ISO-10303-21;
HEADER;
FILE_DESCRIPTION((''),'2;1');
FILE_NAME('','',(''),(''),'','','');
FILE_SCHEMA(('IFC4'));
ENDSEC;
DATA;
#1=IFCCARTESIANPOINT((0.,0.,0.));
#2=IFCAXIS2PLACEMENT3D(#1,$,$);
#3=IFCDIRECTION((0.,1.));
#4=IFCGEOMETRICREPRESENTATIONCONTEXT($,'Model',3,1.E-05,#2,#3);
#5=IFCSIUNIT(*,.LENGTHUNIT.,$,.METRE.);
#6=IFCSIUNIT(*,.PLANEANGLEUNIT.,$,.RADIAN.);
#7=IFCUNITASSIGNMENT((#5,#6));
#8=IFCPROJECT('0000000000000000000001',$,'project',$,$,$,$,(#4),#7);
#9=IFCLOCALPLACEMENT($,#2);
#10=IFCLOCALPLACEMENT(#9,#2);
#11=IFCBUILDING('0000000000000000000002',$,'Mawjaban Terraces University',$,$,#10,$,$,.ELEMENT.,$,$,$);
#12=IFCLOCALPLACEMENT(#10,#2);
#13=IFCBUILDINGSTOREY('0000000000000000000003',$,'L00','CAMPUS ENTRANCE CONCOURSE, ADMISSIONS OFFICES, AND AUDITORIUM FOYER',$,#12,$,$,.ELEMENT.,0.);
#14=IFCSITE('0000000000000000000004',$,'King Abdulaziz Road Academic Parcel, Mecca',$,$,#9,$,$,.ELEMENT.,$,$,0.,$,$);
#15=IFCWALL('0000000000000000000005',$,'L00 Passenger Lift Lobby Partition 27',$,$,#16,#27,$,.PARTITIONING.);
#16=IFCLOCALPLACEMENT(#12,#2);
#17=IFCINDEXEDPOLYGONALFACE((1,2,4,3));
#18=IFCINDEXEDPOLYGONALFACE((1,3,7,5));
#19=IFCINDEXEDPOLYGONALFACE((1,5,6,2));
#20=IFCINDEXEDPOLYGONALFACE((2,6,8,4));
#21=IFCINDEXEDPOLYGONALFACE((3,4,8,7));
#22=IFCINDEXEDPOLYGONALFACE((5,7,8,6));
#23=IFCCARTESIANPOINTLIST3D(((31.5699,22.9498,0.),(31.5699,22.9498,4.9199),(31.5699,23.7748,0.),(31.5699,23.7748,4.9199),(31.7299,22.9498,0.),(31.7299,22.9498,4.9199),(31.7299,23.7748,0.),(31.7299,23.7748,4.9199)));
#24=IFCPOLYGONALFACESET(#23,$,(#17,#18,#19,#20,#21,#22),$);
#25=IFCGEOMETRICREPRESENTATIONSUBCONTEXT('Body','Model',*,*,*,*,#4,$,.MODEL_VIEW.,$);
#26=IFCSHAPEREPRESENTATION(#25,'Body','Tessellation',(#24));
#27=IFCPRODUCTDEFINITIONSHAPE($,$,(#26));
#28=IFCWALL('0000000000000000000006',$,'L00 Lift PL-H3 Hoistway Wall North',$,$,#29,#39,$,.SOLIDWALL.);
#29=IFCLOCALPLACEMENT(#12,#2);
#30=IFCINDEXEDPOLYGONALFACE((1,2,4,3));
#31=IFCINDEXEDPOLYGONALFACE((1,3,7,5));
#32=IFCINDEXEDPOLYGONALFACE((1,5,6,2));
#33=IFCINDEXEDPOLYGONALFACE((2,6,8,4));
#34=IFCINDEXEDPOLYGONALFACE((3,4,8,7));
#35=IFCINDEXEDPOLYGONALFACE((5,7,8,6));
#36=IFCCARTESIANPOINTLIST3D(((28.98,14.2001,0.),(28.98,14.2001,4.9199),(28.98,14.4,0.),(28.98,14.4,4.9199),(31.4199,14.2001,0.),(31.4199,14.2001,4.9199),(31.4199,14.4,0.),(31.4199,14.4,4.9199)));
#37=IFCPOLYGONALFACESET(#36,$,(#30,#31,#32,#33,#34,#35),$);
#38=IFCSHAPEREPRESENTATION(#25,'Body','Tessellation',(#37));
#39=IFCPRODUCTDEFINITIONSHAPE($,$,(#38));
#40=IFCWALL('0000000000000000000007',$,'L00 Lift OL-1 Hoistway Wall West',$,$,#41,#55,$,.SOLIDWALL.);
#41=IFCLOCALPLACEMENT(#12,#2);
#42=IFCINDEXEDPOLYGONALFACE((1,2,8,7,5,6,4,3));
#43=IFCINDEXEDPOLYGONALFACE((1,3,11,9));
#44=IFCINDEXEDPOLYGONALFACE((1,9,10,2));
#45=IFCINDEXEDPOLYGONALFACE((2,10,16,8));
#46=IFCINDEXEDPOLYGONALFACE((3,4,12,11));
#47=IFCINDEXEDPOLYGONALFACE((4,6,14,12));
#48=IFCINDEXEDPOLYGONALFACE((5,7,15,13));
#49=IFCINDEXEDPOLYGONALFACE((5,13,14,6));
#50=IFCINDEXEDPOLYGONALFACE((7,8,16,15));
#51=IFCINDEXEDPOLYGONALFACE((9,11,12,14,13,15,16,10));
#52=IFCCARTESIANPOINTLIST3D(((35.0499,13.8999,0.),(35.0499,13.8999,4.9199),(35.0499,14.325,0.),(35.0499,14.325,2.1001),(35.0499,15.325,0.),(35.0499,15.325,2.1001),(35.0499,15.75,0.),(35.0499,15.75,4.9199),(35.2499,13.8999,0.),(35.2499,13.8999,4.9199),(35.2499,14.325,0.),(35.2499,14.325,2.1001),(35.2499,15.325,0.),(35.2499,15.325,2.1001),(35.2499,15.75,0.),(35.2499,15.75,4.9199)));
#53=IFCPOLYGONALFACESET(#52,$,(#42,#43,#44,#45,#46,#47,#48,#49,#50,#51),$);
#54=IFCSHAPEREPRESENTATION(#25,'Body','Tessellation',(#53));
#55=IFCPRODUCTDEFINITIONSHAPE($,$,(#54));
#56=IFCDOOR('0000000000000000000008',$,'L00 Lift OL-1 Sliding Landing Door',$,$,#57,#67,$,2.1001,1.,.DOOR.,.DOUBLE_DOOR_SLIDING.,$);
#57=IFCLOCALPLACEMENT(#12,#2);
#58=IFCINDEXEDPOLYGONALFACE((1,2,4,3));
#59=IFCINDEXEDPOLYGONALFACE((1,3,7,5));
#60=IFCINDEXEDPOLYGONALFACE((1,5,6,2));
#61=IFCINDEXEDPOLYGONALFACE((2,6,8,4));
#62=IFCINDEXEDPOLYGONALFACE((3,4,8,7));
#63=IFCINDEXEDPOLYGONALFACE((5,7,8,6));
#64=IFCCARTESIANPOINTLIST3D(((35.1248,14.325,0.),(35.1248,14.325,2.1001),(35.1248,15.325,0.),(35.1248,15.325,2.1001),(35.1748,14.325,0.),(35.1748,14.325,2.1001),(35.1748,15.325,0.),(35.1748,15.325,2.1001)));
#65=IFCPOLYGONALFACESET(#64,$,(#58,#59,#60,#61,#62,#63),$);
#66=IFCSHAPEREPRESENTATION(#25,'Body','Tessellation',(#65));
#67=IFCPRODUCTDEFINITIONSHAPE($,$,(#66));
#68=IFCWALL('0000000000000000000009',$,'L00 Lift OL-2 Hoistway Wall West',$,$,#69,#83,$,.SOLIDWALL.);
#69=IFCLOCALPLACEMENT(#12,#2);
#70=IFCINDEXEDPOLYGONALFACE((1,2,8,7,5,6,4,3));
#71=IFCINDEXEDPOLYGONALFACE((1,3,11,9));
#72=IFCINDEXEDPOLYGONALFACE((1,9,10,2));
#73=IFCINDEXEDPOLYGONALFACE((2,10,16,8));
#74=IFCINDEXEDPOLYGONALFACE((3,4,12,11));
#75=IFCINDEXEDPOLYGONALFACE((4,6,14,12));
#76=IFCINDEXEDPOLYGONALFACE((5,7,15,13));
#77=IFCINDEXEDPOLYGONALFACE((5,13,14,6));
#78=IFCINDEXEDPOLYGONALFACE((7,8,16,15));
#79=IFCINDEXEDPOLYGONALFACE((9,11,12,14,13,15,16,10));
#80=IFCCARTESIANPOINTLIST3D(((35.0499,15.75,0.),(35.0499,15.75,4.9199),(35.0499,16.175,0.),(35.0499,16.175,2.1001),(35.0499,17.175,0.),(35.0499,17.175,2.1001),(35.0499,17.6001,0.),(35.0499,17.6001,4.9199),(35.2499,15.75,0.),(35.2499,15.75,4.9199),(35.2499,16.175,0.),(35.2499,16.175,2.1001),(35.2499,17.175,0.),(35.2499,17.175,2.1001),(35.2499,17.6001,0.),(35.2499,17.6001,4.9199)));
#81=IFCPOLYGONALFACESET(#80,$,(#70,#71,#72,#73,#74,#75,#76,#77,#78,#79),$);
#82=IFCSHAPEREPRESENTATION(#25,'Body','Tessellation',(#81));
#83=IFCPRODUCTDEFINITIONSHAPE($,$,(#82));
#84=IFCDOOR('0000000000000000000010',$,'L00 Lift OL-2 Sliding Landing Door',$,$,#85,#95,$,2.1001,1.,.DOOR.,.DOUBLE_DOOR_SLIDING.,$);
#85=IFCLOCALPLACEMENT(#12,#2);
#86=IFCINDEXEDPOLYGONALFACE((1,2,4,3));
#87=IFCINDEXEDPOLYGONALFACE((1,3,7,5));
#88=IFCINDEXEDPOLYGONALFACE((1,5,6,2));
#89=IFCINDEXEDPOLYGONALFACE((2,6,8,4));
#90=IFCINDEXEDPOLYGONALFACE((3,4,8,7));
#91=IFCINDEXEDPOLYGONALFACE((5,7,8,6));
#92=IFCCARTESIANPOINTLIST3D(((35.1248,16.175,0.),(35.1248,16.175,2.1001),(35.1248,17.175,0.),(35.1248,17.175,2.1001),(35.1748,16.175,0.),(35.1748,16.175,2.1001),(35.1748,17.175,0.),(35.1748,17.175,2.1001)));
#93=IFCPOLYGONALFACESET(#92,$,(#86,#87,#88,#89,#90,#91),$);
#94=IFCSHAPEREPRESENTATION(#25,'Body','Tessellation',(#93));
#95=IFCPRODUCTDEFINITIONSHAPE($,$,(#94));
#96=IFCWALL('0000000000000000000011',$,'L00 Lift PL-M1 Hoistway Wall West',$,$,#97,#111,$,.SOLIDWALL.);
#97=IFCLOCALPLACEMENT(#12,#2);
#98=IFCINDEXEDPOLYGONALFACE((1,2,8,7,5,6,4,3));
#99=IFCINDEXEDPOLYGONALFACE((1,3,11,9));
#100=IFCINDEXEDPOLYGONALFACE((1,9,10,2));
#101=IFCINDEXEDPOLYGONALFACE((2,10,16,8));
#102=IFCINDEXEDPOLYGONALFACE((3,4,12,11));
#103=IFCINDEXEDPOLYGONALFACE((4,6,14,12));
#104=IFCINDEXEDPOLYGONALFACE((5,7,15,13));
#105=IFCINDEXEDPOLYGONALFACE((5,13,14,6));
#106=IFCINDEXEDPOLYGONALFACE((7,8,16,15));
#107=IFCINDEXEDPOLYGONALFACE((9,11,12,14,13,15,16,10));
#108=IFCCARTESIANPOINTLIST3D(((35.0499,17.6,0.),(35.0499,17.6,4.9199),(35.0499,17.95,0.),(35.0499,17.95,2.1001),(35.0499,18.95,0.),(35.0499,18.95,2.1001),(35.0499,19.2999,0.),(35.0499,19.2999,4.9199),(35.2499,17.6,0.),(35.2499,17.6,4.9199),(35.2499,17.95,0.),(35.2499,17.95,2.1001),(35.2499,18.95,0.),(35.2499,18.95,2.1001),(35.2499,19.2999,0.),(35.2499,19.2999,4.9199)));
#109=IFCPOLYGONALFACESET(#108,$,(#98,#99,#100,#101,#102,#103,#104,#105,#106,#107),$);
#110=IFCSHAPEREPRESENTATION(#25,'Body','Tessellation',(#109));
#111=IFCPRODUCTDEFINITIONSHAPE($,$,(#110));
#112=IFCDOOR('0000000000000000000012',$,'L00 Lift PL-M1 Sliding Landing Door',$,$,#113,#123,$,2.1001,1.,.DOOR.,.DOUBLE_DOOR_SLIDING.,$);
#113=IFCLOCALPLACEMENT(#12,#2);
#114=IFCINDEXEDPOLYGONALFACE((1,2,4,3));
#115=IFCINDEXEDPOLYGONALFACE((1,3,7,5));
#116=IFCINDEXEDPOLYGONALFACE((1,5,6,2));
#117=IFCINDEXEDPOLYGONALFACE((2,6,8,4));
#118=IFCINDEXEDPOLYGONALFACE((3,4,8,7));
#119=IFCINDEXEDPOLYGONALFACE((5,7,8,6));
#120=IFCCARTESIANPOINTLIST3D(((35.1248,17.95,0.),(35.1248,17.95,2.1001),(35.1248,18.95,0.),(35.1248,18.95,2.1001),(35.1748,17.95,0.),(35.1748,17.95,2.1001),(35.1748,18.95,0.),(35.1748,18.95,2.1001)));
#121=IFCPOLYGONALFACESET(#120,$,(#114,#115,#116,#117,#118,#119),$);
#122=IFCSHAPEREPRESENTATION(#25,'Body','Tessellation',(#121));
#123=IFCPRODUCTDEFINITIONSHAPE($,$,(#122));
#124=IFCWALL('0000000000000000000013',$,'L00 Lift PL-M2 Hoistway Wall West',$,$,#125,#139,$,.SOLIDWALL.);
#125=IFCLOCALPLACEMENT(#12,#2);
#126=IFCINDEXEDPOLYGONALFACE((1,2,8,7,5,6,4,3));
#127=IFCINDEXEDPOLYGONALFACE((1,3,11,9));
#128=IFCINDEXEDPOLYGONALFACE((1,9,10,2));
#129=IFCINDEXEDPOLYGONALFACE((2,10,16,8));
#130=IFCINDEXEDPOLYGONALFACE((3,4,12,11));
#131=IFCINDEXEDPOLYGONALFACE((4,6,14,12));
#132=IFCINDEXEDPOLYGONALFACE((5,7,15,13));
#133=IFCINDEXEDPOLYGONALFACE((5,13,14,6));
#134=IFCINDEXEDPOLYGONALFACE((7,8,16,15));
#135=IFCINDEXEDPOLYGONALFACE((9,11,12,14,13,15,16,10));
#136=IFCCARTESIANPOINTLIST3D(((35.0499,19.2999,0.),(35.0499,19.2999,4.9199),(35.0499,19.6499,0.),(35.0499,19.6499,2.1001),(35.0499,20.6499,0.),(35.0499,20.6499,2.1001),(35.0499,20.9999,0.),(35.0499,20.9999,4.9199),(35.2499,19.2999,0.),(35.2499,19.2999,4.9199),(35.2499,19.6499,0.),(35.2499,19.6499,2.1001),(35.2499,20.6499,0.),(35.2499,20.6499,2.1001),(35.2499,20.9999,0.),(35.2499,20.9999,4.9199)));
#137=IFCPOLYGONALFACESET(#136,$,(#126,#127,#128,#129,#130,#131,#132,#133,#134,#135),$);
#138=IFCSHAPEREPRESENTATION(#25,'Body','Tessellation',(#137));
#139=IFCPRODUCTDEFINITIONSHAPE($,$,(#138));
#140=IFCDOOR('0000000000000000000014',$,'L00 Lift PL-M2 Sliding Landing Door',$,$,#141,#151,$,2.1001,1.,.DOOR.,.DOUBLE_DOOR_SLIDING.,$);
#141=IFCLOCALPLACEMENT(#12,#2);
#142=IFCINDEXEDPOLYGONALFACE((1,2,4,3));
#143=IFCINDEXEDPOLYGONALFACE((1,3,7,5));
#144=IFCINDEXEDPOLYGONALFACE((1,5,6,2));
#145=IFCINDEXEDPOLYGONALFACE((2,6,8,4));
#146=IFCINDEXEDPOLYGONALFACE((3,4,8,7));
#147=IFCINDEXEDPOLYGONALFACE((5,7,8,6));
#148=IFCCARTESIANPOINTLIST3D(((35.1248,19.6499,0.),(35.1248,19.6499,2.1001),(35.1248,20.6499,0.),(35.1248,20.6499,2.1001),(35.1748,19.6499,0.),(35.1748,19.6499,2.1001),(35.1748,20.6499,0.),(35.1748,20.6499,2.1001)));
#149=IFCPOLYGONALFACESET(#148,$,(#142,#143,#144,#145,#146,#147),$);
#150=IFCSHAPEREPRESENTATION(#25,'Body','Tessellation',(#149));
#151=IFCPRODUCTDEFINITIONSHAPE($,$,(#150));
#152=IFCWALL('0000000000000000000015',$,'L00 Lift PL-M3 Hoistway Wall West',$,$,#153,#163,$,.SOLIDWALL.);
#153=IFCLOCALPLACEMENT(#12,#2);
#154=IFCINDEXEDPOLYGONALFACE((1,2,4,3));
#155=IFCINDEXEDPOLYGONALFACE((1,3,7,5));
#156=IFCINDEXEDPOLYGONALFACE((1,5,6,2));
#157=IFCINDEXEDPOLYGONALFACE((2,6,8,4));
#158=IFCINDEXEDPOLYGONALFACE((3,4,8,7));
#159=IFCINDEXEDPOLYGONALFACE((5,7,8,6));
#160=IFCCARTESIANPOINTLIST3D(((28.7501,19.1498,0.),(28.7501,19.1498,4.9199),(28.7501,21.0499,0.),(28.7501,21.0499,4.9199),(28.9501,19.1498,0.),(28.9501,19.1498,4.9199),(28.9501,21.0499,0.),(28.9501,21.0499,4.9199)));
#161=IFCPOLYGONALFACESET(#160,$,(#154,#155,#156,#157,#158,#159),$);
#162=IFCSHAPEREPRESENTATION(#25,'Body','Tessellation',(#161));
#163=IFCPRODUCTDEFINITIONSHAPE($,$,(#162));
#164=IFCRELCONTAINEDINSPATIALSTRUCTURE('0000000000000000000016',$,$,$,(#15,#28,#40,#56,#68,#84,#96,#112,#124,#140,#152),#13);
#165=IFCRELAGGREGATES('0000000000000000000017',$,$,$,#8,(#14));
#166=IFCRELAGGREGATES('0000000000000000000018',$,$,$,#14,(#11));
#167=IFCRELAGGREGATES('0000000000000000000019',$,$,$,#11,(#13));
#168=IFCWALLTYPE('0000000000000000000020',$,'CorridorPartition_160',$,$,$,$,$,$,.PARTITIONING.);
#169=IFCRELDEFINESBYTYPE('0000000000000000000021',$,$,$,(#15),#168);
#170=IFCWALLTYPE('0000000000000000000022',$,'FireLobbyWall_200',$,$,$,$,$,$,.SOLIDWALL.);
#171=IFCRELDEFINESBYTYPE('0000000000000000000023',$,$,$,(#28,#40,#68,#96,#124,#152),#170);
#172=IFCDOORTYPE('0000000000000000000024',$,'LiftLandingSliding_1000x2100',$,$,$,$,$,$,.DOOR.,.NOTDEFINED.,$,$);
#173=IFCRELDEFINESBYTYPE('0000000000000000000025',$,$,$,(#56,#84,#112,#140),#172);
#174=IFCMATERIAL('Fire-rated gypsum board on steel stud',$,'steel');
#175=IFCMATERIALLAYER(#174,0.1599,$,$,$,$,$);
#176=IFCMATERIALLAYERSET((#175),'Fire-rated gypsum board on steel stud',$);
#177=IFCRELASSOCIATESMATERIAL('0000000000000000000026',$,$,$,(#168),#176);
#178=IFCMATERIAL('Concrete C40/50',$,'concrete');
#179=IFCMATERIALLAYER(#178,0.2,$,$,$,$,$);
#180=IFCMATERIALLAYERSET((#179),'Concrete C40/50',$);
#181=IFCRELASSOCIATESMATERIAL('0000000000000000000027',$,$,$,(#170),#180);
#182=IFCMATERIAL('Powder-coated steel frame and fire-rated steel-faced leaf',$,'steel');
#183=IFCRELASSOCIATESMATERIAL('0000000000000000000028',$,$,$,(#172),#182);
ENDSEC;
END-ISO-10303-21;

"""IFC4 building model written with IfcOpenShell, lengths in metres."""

from ifc_helpers import new_model, si_unit, direction, frame, frame_2d, origin, place, context, subcontext, project, spatial, rectangle, extrude, material, layer, layer_set, type_object, element, fill, save


model = new_model("IFC4")

# Units and contexts
model_context = context("Model", 3, precision=1e-05, world=origin(), true_north=direction((0.0, 1.0)))
body_context = subcontext(model_context, "Body", "Model", "MODEL_VIEW")
ifc_project = project(units=[si_unit("LENGTHUNIT", "METRE"), si_unit("PLANEANGLEUNIT", "RADIAN")], contexts=[model_context])

# Site, building, storey
site_placement = place(None, origin())
site = spatial("IfcSite", under=ifc_project, at=site_placement, Name="King Abdulaziz Road Academic Parcel, Mecca", CompositionType="ELEMENT", RefElevation=0.0)
building_placement = place(site_placement, origin())
building = spatial("IfcBuilding", under=site, at=building_placement, Name="Mawjaban Terraces University", CompositionType="ELEMENT")
storey_placement = place(building_placement, origin())
storey = spatial("IfcBuildingStorey", under=building, at=storey_placement, Name="L00", Description="CAMPUS ENTRANCE CONCOURSE, ADMISSIONS OFFICES, AND AUDITORIUM FOYER", CompositionType="ELEMENT", Elevation=0.0)

# Walls
ifc_material_1 = material(Name="Fire-rated gypsum board on steel stud", Category="steel")
ifc_layer_1 = layer(ifc_material_1, 0.1599)
ifc_layer_set_1 = layer_set([ifc_layer_1], Name="Fire-rated gypsum board on steel stud")
wall_type_1 = type_object("IfcWallType", Name="CorridorPartition_160", PredefinedType="PARTITIONING", material=ifc_layer_set_1)
wall_1_placement = place(storey_placement, frame((31.6499, 23.7749, 0.0), z_axis=(0.0, 0.0, 1.0), x_axis=(0.0, -1.0, 0.0)))
element("IfcWall", 1, at=wall_1_placement, inside=storey, type_object=wall_type_1, Name="L00 Passenger Lift Lobby Partition 27", PredefinedType="PARTITIONING", context=body_context, shape_type="SweptSolid", body=[
    extrude(rectangle(XDim=0.825, YDim=0.1599, at=frame_2d((0.4126, 0.0))), origin(), (0.0, 0.0, 1.0), 4.9199),
])
ifc_material_2 = material(Name="Concrete C40/50", Category="concrete")
ifc_layer_2 = layer(ifc_material_2, 0.2)
ifc_layer_set_2 = layer_set([ifc_layer_2], Name="Concrete C40/50")
wall_type_2 = type_object("IfcWallType", Name="FireLobbyWall_200", PredefinedType="SOLIDWALL", material=ifc_layer_set_2)
wall_2_placement = place(storey_placement, frame((31.4199, 14.3, 0.0), z_axis=(0.0, 0.0, 1.0), x_axis=(-1.0, 0.0, 0.0)))
element("IfcWall", 2, at=wall_2_placement, inside=storey, type_object=wall_type_2, Name="L00 Lift PL-H3 Hoistway Wall North", PredefinedType="SOLIDWALL", context=body_context, shape_type="SweptSolid", body=[
    extrude(rectangle(XDim=2.4399, YDim=0.2, at=frame_2d((1.22, 0.0))), origin(), (0.0, 0.0, 1.0), 4.9199),
])

# Walls, openings, doors
wall_3_placement = place(storey_placement, frame((35.1499, 15.75, 0.0), z_axis=(0.0, 0.0, 1.0), x_axis=(0.0, -1.0, 0.0)))
wall_3 = element("IfcWall", 3, at=wall_3_placement, inside=storey, type_object=wall_type_2, Name="L00 Lift OL-1 Hoistway Wall West", PredefinedType="SOLIDWALL", context=body_context, shape_type="SweptSolid", body=[
    extrude(rectangle(XDim=1.8501, YDim=0.2, at=frame_2d((0.925, 0.0))), origin(), (0.0, 0.0, 1.0), 4.9199),
])
opening_1_placement = place(wall_3_placement, frame((0.425, 0.0, 0.0)))
opening_1 = element("IfcOpeningElement", 4, at=opening_1_placement, cuts=wall_3, PredefinedType="OPENING", context=body_context, shape_type="SweptSolid", body=[
    extrude(rectangle(XDim=1.0, YDim=2.1001, at=frame_2d((0.5, 1.05))), frame((0.0, 0.1099, 0.0), z_axis=(0.0, -1.0, 0.0), x_axis=(1.0, 0.0, 0.0)), (0.0, 0.0, 1.0), 0.22),
])
ifc_material_3 = material(Name="Powder-coated steel frame and fire-rated steel-faced leaf", Category="steel")
door_type_1 = type_object("IfcDoorType", Name="LiftLandingSliding_1000x2100", OperationType="NOTDEFINED", PredefinedType="DOOR", material=ifc_material_3)
door_1_placement = place(opening_1_placement, origin())
door_1 = element("IfcDoor", 5, at=door_1_placement, inside=storey, type_object=door_type_1, Name="L00 Lift OL-1 Sliding Landing Door", OperationType="DOUBLE_DOOR_SLIDING", OverallHeight=2.1001, OverallWidth=1.0, PredefinedType="DOOR", context=body_context, shape_type="SweptSolid", body=[
    extrude(rectangle(XDim=1.0, YDim=2.1001, at=frame_2d((0.5, 1.05))), frame((0.0, 0.0249, 0.0), z_axis=(0.0, -1.0, 0.0), x_axis=(1.0, 0.0, 0.0)), (0.0, 0.0, 1.0), 0.05),
])
fill(opening_1, door_1)
wall_4_placement = place(storey_placement, frame((35.1499, 17.6001, 0.0), z_axis=(0.0, 0.0, 1.0), x_axis=(0.0, -1.0, 0.0)))
wall_4 = element("IfcWall", 6, at=wall_4_placement, inside=storey, type_object=wall_type_2, Name="L00 Lift OL-2 Hoistway Wall West", PredefinedType="SOLIDWALL", context=body_context, shape_type="SweptSolid", body=[
    extrude(rectangle(XDim=1.8501, YDim=0.2, at=frame_2d((0.925, 0.0))), origin(), (0.0, 0.0, 1.0), 4.9199),
])
opening_2_placement = place(wall_4_placement, frame((0.425, 0.0, 0.0)))
opening_2 = element("IfcOpeningElement", 7, at=opening_2_placement, cuts=wall_4, PredefinedType="OPENING", context=body_context, shape_type="SweptSolid", body=[
    extrude(rectangle(XDim=1.0, YDim=2.1001, at=frame_2d((0.5, 1.05))), frame((0.0, 0.1099, 0.0), z_axis=(0.0, -1.0, 0.0), x_axis=(1.0, 0.0, 0.0)), (0.0, 0.0, 1.0), 0.22),
])
door_2_placement = place(opening_2_placement, origin())
door_2 = element("IfcDoor", 8, at=door_2_placement, inside=storey, type_object=door_type_1, Name="L00 Lift OL-2 Sliding Landing Door", OperationType="DOUBLE_DOOR_SLIDING", OverallHeight=2.1001, OverallWidth=1.0, PredefinedType="DOOR", context=body_context, shape_type="SweptSolid", body=[
    extrude(rectangle(XDim=1.0, YDim=2.1001, at=frame_2d((0.5, 1.05))), frame((0.0, 0.0249, 0.0), z_axis=(0.0, -1.0, 0.0), x_axis=(1.0, 0.0, 0.0)), (0.0, 0.0, 1.0), 0.05),
])
fill(opening_2, door_2)
wall_5_placement = place(storey_placement, frame((35.1499, 19.3, 0.0), z_axis=(0.0, 0.0, 1.0), x_axis=(0.0, -1.0, 0.0)))
wall_5 = element("IfcWall", 9, at=wall_5_placement, inside=storey, type_object=wall_type_2, Name="L00 Lift PL-M1 Hoistway Wall West", PredefinedType="SOLIDWALL", context=body_context, shape_type="SweptSolid", body=[
    extrude(rectangle(XDim=1.7, YDim=0.2, at=frame_2d((0.8501, 0.0))), origin(), (0.0, 0.0, 1.0), 4.9199),
])
opening_3_placement = place(wall_5_placement, frame((0.3501, 0.0, 0.0)))
opening_3 = element("IfcOpeningElement", 10, at=opening_3_placement, cuts=wall_5, PredefinedType="OPENING", context=body_context, shape_type="SweptSolid", body=[
    extrude(rectangle(XDim=1.0, YDim=2.1001, at=frame_2d((0.5, 1.05))), frame((0.0, 0.1099, 0.0), z_axis=(0.0, -1.0, 0.0), x_axis=(1.0, 0.0, 0.0)), (0.0, 0.0, 1.0), 0.22),
])
door_3_placement = place(opening_3_placement, origin())
door_3 = element("IfcDoor", 11, at=door_3_placement, inside=storey, type_object=door_type_1, Name="L00 Lift PL-M1 Sliding Landing Door", OperationType="DOUBLE_DOOR_SLIDING", OverallHeight=2.1001, OverallWidth=1.0, PredefinedType="DOOR", context=body_context, shape_type="SweptSolid", body=[
    extrude(rectangle(XDim=1.0, YDim=2.1001, at=frame_2d((0.5, 1.05))), frame((0.0, 0.0249, 0.0), z_axis=(0.0, -1.0, 0.0), x_axis=(1.0, 0.0, 0.0)), (0.0, 0.0, 1.0), 0.05),
])
fill(opening_3, door_3)
wall_6_placement = place(storey_placement, frame((35.1499, 21.0, 0.0), z_axis=(0.0, 0.0, 1.0), x_axis=(0.0, -1.0, 0.0)))
wall_6 = element("IfcWall", 12, at=wall_6_placement, inside=storey, type_object=wall_type_2, Name="L00 Lift PL-M2 Hoistway Wall West", PredefinedType="SOLIDWALL", context=body_context, shape_type="SweptSolid", body=[
    extrude(rectangle(XDim=1.7, YDim=0.2, at=frame_2d((0.8501, 0.0))), origin(), (0.0, 0.0, 1.0), 4.9199),
])
opening_4_placement = place(wall_6_placement, frame((0.3501, 0.0, 0.0)))
opening_4 = element("IfcOpeningElement", 13, at=opening_4_placement, cuts=wall_6, PredefinedType="OPENING", context=body_context, shape_type="SweptSolid", body=[
    extrude(rectangle(XDim=1.0, YDim=2.1001, at=frame_2d((0.5, 1.05))), frame((0.0, 0.1099, 0.0), z_axis=(0.0, -1.0, 0.0), x_axis=(1.0, 0.0, 0.0)), (0.0, 0.0, 1.0), 0.22),
])
door_4_placement = place(opening_4_placement, origin())
door_4 = element("IfcDoor", 14, at=door_4_placement, inside=storey, type_object=door_type_1, Name="L00 Lift PL-M2 Sliding Landing Door", OperationType="DOUBLE_DOOR_SLIDING", OverallHeight=2.1001, OverallWidth=1.0, PredefinedType="DOOR", context=body_context, shape_type="SweptSolid", body=[
    extrude(rectangle(XDim=1.0, YDim=2.1001, at=frame_2d((0.5, 1.05))), frame((0.0, 0.0249, 0.0), z_axis=(0.0, -1.0, 0.0), x_axis=(1.0, 0.0, 0.0)), (0.0, 0.0, 1.0), 0.05),
])
fill(opening_4, door_4)

# Wall
wall_7_placement = place(storey_placement, frame((28.8501, 21.05, 0.0), z_axis=(0.0, 0.0, 1.0), x_axis=(0.0, -1.0, 0.0)))
element("IfcWall", 15, at=wall_7_placement, inside=storey, type_object=wall_type_2, Name="L00 Lift PL-M3 Hoistway Wall West", PredefinedType="SOLIDWALL", context=body_context, shape_type="SweptSolid", body=[
    extrude(rectangle(XDim=1.9001, YDim=0.2, at=frame_2d((0.9502, 0.0))), origin(), (0.0, 0.0, 1.0), 4.9199),
])

save(model, "model.ifc")
